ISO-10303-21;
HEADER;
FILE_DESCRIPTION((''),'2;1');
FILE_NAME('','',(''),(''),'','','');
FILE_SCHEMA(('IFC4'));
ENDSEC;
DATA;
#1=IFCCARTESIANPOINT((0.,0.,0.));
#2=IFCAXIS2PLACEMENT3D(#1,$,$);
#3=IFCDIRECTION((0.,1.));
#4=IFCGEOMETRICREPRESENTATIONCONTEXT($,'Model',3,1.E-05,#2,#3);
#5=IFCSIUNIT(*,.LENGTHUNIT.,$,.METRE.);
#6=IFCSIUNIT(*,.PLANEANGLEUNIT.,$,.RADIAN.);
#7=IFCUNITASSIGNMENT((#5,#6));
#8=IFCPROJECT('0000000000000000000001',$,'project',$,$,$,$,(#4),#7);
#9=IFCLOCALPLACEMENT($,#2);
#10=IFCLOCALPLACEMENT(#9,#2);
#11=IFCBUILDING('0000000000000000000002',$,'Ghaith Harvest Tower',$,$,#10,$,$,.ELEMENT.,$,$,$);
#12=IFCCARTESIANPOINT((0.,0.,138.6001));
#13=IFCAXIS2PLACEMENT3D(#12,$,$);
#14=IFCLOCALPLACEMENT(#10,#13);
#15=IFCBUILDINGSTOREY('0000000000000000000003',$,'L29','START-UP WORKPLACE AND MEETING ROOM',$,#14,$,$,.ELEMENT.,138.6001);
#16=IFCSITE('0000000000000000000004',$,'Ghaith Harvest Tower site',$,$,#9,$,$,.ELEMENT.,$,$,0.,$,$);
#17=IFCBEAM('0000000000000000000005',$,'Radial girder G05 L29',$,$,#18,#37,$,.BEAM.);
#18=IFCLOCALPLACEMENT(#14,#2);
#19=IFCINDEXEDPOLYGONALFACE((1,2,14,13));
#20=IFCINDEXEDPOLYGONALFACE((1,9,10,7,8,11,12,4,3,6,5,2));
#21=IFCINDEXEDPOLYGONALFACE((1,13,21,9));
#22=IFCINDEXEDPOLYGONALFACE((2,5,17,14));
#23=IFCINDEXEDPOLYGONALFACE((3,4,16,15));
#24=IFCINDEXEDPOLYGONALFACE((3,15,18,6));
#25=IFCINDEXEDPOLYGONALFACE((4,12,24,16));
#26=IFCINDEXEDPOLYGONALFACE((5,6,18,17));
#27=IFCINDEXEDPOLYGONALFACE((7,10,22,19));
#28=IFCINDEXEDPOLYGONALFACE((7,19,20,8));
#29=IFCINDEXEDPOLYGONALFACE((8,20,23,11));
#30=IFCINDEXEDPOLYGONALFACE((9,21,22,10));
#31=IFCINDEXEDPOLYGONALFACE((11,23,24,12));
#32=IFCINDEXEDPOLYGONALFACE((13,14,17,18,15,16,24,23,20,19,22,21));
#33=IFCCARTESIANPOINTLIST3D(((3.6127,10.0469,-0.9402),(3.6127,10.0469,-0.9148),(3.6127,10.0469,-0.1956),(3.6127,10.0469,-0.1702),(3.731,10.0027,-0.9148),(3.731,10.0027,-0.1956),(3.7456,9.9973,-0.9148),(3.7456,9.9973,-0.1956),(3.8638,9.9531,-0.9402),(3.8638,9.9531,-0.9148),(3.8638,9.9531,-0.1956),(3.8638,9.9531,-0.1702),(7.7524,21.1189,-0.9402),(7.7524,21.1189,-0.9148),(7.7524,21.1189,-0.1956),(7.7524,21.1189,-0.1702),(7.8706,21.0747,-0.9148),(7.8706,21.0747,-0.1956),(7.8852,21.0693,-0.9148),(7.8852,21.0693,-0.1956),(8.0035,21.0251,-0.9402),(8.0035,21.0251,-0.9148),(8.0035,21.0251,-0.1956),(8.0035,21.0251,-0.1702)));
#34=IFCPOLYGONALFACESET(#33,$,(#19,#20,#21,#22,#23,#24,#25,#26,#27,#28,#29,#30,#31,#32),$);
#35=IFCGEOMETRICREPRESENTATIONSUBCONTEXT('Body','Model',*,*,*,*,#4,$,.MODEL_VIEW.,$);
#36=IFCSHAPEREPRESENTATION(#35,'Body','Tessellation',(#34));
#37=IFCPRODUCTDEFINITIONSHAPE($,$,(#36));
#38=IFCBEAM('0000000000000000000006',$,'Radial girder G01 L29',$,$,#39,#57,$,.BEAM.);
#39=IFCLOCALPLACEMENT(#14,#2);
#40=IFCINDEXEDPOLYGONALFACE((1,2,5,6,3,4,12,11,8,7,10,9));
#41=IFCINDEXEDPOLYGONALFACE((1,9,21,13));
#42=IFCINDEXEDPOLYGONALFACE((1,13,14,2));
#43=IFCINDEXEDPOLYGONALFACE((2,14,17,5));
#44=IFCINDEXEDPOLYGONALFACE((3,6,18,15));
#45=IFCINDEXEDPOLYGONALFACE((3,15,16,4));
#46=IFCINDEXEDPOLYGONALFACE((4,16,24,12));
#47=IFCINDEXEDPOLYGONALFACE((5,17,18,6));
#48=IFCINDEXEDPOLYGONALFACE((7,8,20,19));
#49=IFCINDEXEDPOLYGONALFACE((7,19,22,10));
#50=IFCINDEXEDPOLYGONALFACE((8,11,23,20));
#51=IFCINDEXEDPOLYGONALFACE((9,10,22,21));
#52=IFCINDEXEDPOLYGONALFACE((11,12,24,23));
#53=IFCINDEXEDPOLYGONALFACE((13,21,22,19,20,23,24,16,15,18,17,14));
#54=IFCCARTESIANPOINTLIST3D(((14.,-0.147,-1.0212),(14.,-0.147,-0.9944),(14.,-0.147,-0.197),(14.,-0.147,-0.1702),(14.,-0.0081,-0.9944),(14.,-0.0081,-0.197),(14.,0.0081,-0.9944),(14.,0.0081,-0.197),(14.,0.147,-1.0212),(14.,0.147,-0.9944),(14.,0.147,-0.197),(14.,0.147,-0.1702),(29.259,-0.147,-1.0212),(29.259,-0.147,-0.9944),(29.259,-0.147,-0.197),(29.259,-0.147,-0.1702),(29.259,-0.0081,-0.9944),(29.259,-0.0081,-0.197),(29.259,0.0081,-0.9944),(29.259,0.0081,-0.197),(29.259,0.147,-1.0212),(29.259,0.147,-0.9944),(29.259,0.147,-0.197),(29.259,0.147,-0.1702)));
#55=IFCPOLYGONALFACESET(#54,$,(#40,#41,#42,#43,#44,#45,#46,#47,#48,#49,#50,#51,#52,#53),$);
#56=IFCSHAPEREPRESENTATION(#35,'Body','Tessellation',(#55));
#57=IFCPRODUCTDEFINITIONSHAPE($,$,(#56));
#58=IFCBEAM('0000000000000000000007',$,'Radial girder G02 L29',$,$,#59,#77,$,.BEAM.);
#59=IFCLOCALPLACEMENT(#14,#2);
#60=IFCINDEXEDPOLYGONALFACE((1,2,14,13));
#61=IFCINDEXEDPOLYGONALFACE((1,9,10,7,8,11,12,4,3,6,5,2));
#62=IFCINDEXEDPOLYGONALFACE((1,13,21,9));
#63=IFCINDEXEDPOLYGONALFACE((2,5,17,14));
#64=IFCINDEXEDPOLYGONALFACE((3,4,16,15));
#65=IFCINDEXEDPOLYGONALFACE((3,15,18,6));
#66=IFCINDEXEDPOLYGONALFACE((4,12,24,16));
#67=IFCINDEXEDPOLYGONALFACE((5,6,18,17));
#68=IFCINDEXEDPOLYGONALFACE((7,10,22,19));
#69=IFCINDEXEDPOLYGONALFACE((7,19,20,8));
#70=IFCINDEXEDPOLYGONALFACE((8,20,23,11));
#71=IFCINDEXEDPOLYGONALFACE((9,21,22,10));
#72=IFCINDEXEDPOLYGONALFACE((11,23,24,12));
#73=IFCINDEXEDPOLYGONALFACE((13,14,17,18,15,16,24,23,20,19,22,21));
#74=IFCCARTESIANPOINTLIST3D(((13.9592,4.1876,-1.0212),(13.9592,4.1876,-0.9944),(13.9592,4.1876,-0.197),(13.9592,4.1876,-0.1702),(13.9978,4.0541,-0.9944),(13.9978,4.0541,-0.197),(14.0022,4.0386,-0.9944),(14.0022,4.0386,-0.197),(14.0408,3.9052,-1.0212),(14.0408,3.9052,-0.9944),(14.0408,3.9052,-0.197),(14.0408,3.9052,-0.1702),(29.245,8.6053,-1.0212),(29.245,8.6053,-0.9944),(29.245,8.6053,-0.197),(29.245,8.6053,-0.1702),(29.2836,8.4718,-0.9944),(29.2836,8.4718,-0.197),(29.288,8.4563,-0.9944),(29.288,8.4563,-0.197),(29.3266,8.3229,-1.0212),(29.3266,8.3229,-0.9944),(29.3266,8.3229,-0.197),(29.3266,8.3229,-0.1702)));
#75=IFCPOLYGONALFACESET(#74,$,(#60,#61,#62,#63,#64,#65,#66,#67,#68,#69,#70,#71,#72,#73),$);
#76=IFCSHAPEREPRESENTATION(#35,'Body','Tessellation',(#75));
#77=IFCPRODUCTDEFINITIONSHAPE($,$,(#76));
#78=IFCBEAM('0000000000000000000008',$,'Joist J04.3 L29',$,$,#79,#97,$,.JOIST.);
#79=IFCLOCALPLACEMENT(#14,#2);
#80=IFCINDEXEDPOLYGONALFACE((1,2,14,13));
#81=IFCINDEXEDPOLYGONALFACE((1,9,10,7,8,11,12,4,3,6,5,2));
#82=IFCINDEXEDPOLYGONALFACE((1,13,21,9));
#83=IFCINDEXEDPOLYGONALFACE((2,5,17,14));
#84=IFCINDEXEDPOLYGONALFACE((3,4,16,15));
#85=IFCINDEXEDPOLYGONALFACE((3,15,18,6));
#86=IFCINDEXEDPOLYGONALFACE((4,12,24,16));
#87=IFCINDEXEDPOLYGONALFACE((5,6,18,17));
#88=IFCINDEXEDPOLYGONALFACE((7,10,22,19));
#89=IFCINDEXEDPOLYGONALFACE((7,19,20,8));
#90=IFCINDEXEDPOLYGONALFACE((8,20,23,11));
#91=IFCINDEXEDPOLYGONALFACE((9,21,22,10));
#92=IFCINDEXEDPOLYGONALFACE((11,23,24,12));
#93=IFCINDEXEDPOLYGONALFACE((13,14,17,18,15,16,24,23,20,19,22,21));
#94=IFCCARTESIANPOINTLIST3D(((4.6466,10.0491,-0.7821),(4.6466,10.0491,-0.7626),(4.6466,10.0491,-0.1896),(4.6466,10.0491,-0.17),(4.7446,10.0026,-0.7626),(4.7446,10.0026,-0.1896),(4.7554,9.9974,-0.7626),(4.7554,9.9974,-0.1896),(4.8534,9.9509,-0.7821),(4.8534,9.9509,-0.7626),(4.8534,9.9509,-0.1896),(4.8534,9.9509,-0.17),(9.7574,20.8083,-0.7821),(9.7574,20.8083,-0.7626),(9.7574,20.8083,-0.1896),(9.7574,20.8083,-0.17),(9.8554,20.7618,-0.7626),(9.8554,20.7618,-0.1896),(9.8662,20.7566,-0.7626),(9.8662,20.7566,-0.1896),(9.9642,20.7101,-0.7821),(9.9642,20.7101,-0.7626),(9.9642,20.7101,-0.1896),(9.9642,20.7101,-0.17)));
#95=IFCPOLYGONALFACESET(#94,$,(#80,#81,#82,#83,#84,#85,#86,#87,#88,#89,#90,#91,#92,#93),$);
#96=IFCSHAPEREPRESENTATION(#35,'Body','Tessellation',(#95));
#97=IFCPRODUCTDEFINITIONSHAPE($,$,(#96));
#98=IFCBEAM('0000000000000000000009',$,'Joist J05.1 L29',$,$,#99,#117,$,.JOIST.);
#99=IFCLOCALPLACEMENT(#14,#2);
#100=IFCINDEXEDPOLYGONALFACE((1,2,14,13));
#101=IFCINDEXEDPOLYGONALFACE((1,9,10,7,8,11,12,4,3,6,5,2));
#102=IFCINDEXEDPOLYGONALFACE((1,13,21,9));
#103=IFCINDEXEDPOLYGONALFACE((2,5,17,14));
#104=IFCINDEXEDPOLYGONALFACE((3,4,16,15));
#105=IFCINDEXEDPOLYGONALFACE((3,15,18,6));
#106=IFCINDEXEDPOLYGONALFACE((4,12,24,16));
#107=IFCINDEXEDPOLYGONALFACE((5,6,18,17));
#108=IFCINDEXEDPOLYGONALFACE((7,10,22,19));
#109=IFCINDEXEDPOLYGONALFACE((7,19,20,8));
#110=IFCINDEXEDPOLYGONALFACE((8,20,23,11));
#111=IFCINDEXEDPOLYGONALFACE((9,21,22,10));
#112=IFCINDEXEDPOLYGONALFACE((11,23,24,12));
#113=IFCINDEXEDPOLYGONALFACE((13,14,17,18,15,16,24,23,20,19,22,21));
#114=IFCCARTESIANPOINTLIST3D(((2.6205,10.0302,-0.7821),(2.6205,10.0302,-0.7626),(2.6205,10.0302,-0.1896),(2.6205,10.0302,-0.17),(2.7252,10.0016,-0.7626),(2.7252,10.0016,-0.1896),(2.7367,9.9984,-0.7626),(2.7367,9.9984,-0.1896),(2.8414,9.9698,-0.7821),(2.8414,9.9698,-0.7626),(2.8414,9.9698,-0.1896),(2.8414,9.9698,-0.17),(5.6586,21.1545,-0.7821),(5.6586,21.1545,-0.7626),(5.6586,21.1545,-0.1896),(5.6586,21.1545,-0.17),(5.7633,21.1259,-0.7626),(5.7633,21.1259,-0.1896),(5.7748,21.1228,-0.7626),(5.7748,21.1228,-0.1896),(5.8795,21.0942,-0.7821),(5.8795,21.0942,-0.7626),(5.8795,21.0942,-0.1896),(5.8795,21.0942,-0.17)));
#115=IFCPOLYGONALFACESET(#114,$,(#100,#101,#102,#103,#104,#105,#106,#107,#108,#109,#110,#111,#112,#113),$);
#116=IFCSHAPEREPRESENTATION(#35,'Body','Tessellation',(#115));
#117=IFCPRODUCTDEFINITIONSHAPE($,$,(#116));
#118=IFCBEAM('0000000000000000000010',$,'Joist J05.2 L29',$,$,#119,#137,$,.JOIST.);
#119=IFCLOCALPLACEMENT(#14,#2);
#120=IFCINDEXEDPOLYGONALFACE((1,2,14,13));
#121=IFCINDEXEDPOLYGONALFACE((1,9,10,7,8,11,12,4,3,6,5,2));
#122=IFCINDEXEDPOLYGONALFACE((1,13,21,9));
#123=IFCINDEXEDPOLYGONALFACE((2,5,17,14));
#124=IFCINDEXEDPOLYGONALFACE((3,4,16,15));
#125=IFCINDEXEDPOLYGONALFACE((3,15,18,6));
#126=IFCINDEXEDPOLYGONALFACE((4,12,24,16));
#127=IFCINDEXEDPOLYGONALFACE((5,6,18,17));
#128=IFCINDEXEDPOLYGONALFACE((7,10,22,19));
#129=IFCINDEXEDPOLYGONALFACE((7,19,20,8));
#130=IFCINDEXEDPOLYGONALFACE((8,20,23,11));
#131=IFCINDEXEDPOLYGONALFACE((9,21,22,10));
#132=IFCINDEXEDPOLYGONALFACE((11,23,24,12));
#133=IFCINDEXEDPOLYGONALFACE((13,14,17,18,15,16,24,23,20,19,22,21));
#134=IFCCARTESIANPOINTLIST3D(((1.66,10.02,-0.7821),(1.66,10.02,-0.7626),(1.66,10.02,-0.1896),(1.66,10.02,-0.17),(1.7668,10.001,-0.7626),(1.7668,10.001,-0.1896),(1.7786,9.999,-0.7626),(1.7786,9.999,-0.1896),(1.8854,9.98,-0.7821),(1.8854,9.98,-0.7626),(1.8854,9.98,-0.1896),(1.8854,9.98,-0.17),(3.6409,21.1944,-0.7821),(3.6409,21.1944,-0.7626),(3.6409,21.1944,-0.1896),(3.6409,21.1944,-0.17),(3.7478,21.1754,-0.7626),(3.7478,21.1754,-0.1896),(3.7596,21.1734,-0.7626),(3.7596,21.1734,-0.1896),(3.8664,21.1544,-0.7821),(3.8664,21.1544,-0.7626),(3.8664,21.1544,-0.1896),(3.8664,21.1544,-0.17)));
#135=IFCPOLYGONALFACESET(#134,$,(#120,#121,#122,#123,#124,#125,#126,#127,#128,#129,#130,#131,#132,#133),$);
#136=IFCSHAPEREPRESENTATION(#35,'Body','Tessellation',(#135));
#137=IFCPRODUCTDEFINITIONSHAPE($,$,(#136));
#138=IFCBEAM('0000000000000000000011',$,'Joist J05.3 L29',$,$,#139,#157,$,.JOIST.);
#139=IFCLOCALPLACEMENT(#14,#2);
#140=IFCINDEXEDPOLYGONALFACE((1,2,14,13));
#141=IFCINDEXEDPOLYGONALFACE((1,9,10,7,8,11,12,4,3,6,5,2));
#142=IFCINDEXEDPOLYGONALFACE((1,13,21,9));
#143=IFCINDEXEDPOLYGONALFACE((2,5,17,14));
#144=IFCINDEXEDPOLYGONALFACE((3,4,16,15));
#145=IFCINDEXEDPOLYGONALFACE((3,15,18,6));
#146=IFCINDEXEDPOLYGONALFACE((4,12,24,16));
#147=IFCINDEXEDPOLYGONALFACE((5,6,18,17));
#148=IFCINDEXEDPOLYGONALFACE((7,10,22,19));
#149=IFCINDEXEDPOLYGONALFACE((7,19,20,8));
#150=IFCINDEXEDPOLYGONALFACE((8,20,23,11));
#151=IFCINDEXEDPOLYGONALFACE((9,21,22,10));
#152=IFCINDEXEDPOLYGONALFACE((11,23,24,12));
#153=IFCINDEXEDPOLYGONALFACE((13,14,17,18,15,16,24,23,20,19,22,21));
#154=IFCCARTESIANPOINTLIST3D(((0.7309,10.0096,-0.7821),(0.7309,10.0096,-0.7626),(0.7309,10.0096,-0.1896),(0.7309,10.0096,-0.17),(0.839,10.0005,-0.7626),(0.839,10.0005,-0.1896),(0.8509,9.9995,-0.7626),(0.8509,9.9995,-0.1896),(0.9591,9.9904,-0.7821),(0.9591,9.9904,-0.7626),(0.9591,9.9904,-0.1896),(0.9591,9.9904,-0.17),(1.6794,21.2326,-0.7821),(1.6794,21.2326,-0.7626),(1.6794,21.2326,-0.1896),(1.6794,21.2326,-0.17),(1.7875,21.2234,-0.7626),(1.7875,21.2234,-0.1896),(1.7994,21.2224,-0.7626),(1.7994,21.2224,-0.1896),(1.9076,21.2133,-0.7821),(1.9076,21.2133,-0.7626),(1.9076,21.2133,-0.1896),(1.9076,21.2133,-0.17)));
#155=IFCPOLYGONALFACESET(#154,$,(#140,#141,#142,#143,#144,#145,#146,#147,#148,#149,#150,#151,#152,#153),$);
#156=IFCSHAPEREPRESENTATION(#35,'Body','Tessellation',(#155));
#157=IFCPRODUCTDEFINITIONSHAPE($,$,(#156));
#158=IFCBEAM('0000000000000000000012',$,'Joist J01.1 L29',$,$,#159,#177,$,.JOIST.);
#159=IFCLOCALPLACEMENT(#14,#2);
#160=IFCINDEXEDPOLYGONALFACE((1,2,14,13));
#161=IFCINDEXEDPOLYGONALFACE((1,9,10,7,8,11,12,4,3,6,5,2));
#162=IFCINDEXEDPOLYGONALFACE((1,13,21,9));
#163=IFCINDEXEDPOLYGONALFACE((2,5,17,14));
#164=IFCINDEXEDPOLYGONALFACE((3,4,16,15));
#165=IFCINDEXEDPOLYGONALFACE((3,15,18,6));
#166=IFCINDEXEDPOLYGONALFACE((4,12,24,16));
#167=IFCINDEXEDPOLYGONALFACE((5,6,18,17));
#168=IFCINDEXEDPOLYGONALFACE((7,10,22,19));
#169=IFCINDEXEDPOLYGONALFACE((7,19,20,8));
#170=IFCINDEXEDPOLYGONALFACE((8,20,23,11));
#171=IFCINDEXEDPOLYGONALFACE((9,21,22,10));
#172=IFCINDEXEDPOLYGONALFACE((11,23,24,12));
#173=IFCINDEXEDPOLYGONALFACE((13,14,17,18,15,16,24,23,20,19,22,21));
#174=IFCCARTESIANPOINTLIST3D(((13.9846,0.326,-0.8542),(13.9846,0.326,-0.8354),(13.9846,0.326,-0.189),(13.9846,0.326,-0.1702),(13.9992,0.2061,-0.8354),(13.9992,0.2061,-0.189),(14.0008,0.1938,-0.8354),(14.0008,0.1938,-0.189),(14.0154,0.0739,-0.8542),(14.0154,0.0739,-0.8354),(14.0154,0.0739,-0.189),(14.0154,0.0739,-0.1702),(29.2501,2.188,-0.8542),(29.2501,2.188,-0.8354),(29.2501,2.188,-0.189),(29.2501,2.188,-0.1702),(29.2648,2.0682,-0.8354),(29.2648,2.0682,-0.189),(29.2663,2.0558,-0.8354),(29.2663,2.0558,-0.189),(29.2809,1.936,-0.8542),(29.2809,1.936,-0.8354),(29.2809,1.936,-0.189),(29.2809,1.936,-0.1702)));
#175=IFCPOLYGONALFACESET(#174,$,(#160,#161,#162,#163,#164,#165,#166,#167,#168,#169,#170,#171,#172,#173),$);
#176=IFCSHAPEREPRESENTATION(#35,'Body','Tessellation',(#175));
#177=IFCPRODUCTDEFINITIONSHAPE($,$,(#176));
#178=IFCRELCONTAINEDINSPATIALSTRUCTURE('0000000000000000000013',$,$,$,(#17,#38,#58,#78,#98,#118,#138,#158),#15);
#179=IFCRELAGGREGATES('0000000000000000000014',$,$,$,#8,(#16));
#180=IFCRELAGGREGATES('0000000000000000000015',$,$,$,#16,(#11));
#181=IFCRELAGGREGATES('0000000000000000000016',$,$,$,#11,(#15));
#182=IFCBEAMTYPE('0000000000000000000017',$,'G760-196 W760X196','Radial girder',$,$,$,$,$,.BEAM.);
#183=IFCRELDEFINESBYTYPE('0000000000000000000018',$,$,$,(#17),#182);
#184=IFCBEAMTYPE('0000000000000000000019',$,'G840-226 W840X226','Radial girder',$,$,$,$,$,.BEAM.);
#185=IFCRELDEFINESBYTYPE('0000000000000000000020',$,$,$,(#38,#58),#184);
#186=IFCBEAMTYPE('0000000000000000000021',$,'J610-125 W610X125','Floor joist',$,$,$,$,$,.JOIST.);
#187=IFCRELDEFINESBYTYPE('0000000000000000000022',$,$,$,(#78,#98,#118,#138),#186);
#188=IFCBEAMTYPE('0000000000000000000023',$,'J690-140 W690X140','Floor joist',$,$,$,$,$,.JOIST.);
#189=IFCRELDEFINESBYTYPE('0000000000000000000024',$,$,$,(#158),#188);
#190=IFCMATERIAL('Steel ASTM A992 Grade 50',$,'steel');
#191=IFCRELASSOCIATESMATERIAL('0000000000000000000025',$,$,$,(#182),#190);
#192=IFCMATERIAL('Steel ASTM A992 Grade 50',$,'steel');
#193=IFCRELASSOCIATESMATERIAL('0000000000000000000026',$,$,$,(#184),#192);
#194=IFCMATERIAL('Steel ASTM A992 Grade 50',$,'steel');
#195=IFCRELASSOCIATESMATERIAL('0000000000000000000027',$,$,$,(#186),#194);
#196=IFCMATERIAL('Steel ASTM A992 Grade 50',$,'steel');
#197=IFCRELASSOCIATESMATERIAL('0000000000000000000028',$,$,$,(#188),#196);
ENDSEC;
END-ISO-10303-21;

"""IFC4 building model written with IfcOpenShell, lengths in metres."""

from ifc_helpers import new_model, si_unit, direction, frame, origin, origin_2d, place, context, subcontext, project, spatial, i_section, extrude, material, material_profile, profile_set, type_object, element, save


model = new_model("IFC4")

# Units and contexts
model_context = context("Model", 3, precision=1e-05, world=origin(), true_north=direction((0.0, 1.0)))
body_context = subcontext(model_context, "Body", "Model", "MODEL_VIEW")
ifc_project = project(units=[si_unit("LENGTHUNIT", "METRE"), si_unit("PLANEANGLEUNIT", "RADIAN")], contexts=[model_context])

# Site, building, storey
site_placement = place(None, origin())
site = spatial("IfcSite", under=ifc_project, at=site_placement, Name="Ghaith Harvest Tower site", CompositionType="ELEMENT", RefElevation=0.0)
building_placement = place(site_placement, origin())
building = spatial("IfcBuilding", under=site, at=building_placement, Name="Ghaith Harvest Tower", CompositionType="ELEMENT")
storey_placement = place(building_placement, frame((0.0, 0.0, 138.6001)))
storey = spatial("IfcBuildingStorey", under=building, at=storey_placement, Name="L29", Description="START-UP WORKPLACE AND MEETING ROOM", CompositionType="ELEMENT", Elevation=138.6001)

# Beams
ifc_material_1 = material(Name="Steel ASTM A992 Grade 50", Category="steel")
ifc_material_profile_1 = material_profile(ifc_material_1, i_section(OverallWidth=0.2681, OverallDepth=0.77, WebThickness=0.0156, FlangeThickness=0.0254, at=origin_2d()), Name="W760X196")
ifc_profile_set_1 = profile_set([ifc_material_profile_1], Name="Steel ASTM A992 Grade 50")
beam_type_1 = type_object("IfcBeamType", Name="G760-196 W760X196", Description="Radial girder", PredefinedType="BEAM", material=ifc_profile_set_1)
beam_1_placement = place(storey_placement, frame((3.7383, 10.0, -0.5552), z_axis=(0.350207, 0.936672, 0.0), x_axis=(-0.936672, 0.350207, 0.0)))
element("IfcBeam", 1, at=beam_1_placement, inside=storey, type_object=beam_type_1, Name="Radial girder G05 L29", PredefinedType="BEAM", context=body_context, shape_type="SweptSolid", body=[
    extrude(i_section(OverallWidth=0.2681, OverallDepth=0.77, WebThickness=0.0156, FlangeThickness=0.0254, at=origin_2d()), origin(), (0.0, 0.0, 1.0), 11.8206),
])
ifc_material_2 = material(Name="Steel ASTM A992 Grade 50", Category="steel")
ifc_material_profile_2 = material_profile(ifc_material_2, i_section(OverallWidth=0.2939, OverallDepth=0.8511, WebThickness=0.0161, FlangeThickness=0.0269, at=origin_2d()), Name="W840X226")
ifc_profile_set_2 = profile_set([ifc_material_profile_2], Name="Steel ASTM A992 Grade 50")
beam_type_2 = type_object("IfcBeamType", Name="G840-226 W840X226", Description="Radial girder", PredefinedType="BEAM", material=ifc_profile_set_2)
beam_2_placement = place(storey_placement, frame((14.0, 0.0, -0.5957), z_axis=(1.0, 0.0, 0.0), x_axis=(0.0, 1.0, 0.0)))
element("IfcBeam", 2, at=beam_2_placement, inside=storey, type_object=beam_type_2, Name="Radial girder G01 L29", PredefinedType="BEAM", context=body_context, shape_type="SweptSolid", body=[
    extrude(i_section(OverallWidth=0.2939, OverallDepth=0.8511, WebThickness=0.0161, FlangeThickness=0.0269, at=origin_2d()), origin(), (0.0, 0.0, 1.0), 15.259),
])
beam_3_placement = place(storey_placement, frame((14.0, 4.0464, -0.5957), z_axis=(0.960684, 0.277644, 0.0), x_axis=(-0.277644, 0.960684, 0.0)))
element("IfcBeam", 3, at=beam_3_placement, inside=storey, type_object=beam_type_2, Name="Radial girder G02 L29", PredefinedType="BEAM", context=body_context, shape_type="SweptSolid", body=[
    extrude(i_section(OverallWidth=0.2939, OverallDepth=0.8511, WebThickness=0.0161, FlangeThickness=0.0269, at=origin_2d()), origin(), (0.0, 0.0, 1.0), 15.9114),
])
ifc_material_3 = material(Name="Steel ASTM A992 Grade 50", Category="steel")
ifc_material_profile_3 = material_profile(ifc_material_3, i_section(OverallWidth=0.229, OverallDepth=0.6121, WebThickness=0.012, FlangeThickness=0.0195, at=origin_2d()), Name="W610X125")
ifc_profile_set_3 = profile_set([ifc_material_profile_3], Name="Steel ASTM A992 Grade 50")
beam_type_3 = type_object("IfcBeamType", Name="J610-125 W610X125", Description="Floor joist", PredefinedType="JOIST", material=ifc_profile_set_3)
beam_4_placement = place(storey_placement, frame((4.75, 10.0, -0.4761), z_axis=(0.429069, 0.903272, 0.0), x_axis=(-0.903272, 0.429069, 0.0)))
element("IfcBeam", 4, at=beam_4_placement, inside=storey, type_object=beam_type_3, Name="Joist J04.3 L29", PredefinedType="JOIST", context=body_context, shape_type="SweptSolid", body=[
    extrude(i_section(OverallWidth=0.229, OverallDepth=0.6121, WebThickness=0.012, FlangeThickness=0.0195, at=origin_2d()), origin(), (0.0, 0.0, 1.0), 11.9114),
])
beam_5_placement = place(storey_placement, frame((2.731, 10.0, -0.4761), z_axis=(0.263456, 0.964671, 0.0), x_axis=(-0.964671, 0.263456, 0.0)))
element("IfcBeam", 5, at=beam_5_placement, inside=storey, type_object=beam_type_3, Name="Joist J05.1 L29", PredefinedType="JOIST", context=body_context, shape_type="SweptSolid", body=[
    extrude(i_section(OverallWidth=0.229, OverallDepth=0.6121, WebThickness=0.012, FlangeThickness=0.0195, at=origin_2d()), origin(), (0.0, 0.0, 1.0), 11.5317),
])
beam_6_placement = place(storey_placement, frame((1.7727, 10.0, -0.4761), z_axis=(0.174556, 0.984647, 0.0), x_axis=(-0.984647, 0.174556, 0.0)))
element("IfcBeam", 6, at=beam_6_placement, inside=storey, type_object=beam_type_3, Name="Joist J05.2 L29", PredefinedType="JOIST", context=body_context, shape_type="SweptSolid", body=[
    extrude(i_section(OverallWidth=0.229, OverallDepth=0.6121, WebThickness=0.012, FlangeThickness=0.0195, at=origin_2d()), origin(), (0.0, 0.0, 1.0), 11.3486),
])
beam_7_placement = place(storey_placement, frame((0.845, 10.0, -0.4761), z_axis=(0.084213, 0.996448, 0.0), x_axis=(-0.996448, 0.084213, 0.0)))
element("IfcBeam", 7, at=beam_7_placement, inside=storey, type_object=beam_type_3, Name="Joist J05.3 L29", PredefinedType="JOIST", context=body_context, shape_type="SweptSolid", body=[
    extrude(i_section(OverallWidth=0.229, OverallDepth=0.6121, WebThickness=0.012, FlangeThickness=0.0195, at=origin_2d()), origin(), (0.0, 0.0, 1.0), 11.2629),
])
ifc_material_4 = material(Name="Steel ASTM A992 Grade 50", Category="steel")
ifc_material_profile_4 = material_profile(ifc_material_4, i_section(OverallWidth=0.2539, OverallDepth=0.6841, WebThickness=0.0125, FlangeThickness=0.0188, at=origin_2d()), Name="W690X140")
ifc_profile_set_4 = profile_set([ifc_material_profile_4], Name="Steel ASTM A992 Grade 50")
beam_type_4 = type_object("IfcBeamType", Name="J690-140 W690X140", Description="Floor joist", PredefinedType="JOIST", material=ifc_profile_set_4)
beam_8_placement = place(storey_placement, frame((14.0, 0.2, -0.5122), z_axis=(0.992643, 0.12108, 0.0), x_axis=(-0.12108, 0.992643, 0.0)))
element("IfcBeam", 8, at=beam_8_placement, inside=storey, type_object=beam_type_4, Name="Joist J01.1 L29", PredefinedType="JOIST", context=body_context, shape_type="SweptSolid", body=[
    extrude(i_section(OverallWidth=0.2539, OverallDepth=0.6841, WebThickness=0.0125, FlangeThickness=0.0188, at=origin_2d()), origin(), (0.0, 0.0, 1.0), 15.3787),
])

save(model, "model.ifc")
